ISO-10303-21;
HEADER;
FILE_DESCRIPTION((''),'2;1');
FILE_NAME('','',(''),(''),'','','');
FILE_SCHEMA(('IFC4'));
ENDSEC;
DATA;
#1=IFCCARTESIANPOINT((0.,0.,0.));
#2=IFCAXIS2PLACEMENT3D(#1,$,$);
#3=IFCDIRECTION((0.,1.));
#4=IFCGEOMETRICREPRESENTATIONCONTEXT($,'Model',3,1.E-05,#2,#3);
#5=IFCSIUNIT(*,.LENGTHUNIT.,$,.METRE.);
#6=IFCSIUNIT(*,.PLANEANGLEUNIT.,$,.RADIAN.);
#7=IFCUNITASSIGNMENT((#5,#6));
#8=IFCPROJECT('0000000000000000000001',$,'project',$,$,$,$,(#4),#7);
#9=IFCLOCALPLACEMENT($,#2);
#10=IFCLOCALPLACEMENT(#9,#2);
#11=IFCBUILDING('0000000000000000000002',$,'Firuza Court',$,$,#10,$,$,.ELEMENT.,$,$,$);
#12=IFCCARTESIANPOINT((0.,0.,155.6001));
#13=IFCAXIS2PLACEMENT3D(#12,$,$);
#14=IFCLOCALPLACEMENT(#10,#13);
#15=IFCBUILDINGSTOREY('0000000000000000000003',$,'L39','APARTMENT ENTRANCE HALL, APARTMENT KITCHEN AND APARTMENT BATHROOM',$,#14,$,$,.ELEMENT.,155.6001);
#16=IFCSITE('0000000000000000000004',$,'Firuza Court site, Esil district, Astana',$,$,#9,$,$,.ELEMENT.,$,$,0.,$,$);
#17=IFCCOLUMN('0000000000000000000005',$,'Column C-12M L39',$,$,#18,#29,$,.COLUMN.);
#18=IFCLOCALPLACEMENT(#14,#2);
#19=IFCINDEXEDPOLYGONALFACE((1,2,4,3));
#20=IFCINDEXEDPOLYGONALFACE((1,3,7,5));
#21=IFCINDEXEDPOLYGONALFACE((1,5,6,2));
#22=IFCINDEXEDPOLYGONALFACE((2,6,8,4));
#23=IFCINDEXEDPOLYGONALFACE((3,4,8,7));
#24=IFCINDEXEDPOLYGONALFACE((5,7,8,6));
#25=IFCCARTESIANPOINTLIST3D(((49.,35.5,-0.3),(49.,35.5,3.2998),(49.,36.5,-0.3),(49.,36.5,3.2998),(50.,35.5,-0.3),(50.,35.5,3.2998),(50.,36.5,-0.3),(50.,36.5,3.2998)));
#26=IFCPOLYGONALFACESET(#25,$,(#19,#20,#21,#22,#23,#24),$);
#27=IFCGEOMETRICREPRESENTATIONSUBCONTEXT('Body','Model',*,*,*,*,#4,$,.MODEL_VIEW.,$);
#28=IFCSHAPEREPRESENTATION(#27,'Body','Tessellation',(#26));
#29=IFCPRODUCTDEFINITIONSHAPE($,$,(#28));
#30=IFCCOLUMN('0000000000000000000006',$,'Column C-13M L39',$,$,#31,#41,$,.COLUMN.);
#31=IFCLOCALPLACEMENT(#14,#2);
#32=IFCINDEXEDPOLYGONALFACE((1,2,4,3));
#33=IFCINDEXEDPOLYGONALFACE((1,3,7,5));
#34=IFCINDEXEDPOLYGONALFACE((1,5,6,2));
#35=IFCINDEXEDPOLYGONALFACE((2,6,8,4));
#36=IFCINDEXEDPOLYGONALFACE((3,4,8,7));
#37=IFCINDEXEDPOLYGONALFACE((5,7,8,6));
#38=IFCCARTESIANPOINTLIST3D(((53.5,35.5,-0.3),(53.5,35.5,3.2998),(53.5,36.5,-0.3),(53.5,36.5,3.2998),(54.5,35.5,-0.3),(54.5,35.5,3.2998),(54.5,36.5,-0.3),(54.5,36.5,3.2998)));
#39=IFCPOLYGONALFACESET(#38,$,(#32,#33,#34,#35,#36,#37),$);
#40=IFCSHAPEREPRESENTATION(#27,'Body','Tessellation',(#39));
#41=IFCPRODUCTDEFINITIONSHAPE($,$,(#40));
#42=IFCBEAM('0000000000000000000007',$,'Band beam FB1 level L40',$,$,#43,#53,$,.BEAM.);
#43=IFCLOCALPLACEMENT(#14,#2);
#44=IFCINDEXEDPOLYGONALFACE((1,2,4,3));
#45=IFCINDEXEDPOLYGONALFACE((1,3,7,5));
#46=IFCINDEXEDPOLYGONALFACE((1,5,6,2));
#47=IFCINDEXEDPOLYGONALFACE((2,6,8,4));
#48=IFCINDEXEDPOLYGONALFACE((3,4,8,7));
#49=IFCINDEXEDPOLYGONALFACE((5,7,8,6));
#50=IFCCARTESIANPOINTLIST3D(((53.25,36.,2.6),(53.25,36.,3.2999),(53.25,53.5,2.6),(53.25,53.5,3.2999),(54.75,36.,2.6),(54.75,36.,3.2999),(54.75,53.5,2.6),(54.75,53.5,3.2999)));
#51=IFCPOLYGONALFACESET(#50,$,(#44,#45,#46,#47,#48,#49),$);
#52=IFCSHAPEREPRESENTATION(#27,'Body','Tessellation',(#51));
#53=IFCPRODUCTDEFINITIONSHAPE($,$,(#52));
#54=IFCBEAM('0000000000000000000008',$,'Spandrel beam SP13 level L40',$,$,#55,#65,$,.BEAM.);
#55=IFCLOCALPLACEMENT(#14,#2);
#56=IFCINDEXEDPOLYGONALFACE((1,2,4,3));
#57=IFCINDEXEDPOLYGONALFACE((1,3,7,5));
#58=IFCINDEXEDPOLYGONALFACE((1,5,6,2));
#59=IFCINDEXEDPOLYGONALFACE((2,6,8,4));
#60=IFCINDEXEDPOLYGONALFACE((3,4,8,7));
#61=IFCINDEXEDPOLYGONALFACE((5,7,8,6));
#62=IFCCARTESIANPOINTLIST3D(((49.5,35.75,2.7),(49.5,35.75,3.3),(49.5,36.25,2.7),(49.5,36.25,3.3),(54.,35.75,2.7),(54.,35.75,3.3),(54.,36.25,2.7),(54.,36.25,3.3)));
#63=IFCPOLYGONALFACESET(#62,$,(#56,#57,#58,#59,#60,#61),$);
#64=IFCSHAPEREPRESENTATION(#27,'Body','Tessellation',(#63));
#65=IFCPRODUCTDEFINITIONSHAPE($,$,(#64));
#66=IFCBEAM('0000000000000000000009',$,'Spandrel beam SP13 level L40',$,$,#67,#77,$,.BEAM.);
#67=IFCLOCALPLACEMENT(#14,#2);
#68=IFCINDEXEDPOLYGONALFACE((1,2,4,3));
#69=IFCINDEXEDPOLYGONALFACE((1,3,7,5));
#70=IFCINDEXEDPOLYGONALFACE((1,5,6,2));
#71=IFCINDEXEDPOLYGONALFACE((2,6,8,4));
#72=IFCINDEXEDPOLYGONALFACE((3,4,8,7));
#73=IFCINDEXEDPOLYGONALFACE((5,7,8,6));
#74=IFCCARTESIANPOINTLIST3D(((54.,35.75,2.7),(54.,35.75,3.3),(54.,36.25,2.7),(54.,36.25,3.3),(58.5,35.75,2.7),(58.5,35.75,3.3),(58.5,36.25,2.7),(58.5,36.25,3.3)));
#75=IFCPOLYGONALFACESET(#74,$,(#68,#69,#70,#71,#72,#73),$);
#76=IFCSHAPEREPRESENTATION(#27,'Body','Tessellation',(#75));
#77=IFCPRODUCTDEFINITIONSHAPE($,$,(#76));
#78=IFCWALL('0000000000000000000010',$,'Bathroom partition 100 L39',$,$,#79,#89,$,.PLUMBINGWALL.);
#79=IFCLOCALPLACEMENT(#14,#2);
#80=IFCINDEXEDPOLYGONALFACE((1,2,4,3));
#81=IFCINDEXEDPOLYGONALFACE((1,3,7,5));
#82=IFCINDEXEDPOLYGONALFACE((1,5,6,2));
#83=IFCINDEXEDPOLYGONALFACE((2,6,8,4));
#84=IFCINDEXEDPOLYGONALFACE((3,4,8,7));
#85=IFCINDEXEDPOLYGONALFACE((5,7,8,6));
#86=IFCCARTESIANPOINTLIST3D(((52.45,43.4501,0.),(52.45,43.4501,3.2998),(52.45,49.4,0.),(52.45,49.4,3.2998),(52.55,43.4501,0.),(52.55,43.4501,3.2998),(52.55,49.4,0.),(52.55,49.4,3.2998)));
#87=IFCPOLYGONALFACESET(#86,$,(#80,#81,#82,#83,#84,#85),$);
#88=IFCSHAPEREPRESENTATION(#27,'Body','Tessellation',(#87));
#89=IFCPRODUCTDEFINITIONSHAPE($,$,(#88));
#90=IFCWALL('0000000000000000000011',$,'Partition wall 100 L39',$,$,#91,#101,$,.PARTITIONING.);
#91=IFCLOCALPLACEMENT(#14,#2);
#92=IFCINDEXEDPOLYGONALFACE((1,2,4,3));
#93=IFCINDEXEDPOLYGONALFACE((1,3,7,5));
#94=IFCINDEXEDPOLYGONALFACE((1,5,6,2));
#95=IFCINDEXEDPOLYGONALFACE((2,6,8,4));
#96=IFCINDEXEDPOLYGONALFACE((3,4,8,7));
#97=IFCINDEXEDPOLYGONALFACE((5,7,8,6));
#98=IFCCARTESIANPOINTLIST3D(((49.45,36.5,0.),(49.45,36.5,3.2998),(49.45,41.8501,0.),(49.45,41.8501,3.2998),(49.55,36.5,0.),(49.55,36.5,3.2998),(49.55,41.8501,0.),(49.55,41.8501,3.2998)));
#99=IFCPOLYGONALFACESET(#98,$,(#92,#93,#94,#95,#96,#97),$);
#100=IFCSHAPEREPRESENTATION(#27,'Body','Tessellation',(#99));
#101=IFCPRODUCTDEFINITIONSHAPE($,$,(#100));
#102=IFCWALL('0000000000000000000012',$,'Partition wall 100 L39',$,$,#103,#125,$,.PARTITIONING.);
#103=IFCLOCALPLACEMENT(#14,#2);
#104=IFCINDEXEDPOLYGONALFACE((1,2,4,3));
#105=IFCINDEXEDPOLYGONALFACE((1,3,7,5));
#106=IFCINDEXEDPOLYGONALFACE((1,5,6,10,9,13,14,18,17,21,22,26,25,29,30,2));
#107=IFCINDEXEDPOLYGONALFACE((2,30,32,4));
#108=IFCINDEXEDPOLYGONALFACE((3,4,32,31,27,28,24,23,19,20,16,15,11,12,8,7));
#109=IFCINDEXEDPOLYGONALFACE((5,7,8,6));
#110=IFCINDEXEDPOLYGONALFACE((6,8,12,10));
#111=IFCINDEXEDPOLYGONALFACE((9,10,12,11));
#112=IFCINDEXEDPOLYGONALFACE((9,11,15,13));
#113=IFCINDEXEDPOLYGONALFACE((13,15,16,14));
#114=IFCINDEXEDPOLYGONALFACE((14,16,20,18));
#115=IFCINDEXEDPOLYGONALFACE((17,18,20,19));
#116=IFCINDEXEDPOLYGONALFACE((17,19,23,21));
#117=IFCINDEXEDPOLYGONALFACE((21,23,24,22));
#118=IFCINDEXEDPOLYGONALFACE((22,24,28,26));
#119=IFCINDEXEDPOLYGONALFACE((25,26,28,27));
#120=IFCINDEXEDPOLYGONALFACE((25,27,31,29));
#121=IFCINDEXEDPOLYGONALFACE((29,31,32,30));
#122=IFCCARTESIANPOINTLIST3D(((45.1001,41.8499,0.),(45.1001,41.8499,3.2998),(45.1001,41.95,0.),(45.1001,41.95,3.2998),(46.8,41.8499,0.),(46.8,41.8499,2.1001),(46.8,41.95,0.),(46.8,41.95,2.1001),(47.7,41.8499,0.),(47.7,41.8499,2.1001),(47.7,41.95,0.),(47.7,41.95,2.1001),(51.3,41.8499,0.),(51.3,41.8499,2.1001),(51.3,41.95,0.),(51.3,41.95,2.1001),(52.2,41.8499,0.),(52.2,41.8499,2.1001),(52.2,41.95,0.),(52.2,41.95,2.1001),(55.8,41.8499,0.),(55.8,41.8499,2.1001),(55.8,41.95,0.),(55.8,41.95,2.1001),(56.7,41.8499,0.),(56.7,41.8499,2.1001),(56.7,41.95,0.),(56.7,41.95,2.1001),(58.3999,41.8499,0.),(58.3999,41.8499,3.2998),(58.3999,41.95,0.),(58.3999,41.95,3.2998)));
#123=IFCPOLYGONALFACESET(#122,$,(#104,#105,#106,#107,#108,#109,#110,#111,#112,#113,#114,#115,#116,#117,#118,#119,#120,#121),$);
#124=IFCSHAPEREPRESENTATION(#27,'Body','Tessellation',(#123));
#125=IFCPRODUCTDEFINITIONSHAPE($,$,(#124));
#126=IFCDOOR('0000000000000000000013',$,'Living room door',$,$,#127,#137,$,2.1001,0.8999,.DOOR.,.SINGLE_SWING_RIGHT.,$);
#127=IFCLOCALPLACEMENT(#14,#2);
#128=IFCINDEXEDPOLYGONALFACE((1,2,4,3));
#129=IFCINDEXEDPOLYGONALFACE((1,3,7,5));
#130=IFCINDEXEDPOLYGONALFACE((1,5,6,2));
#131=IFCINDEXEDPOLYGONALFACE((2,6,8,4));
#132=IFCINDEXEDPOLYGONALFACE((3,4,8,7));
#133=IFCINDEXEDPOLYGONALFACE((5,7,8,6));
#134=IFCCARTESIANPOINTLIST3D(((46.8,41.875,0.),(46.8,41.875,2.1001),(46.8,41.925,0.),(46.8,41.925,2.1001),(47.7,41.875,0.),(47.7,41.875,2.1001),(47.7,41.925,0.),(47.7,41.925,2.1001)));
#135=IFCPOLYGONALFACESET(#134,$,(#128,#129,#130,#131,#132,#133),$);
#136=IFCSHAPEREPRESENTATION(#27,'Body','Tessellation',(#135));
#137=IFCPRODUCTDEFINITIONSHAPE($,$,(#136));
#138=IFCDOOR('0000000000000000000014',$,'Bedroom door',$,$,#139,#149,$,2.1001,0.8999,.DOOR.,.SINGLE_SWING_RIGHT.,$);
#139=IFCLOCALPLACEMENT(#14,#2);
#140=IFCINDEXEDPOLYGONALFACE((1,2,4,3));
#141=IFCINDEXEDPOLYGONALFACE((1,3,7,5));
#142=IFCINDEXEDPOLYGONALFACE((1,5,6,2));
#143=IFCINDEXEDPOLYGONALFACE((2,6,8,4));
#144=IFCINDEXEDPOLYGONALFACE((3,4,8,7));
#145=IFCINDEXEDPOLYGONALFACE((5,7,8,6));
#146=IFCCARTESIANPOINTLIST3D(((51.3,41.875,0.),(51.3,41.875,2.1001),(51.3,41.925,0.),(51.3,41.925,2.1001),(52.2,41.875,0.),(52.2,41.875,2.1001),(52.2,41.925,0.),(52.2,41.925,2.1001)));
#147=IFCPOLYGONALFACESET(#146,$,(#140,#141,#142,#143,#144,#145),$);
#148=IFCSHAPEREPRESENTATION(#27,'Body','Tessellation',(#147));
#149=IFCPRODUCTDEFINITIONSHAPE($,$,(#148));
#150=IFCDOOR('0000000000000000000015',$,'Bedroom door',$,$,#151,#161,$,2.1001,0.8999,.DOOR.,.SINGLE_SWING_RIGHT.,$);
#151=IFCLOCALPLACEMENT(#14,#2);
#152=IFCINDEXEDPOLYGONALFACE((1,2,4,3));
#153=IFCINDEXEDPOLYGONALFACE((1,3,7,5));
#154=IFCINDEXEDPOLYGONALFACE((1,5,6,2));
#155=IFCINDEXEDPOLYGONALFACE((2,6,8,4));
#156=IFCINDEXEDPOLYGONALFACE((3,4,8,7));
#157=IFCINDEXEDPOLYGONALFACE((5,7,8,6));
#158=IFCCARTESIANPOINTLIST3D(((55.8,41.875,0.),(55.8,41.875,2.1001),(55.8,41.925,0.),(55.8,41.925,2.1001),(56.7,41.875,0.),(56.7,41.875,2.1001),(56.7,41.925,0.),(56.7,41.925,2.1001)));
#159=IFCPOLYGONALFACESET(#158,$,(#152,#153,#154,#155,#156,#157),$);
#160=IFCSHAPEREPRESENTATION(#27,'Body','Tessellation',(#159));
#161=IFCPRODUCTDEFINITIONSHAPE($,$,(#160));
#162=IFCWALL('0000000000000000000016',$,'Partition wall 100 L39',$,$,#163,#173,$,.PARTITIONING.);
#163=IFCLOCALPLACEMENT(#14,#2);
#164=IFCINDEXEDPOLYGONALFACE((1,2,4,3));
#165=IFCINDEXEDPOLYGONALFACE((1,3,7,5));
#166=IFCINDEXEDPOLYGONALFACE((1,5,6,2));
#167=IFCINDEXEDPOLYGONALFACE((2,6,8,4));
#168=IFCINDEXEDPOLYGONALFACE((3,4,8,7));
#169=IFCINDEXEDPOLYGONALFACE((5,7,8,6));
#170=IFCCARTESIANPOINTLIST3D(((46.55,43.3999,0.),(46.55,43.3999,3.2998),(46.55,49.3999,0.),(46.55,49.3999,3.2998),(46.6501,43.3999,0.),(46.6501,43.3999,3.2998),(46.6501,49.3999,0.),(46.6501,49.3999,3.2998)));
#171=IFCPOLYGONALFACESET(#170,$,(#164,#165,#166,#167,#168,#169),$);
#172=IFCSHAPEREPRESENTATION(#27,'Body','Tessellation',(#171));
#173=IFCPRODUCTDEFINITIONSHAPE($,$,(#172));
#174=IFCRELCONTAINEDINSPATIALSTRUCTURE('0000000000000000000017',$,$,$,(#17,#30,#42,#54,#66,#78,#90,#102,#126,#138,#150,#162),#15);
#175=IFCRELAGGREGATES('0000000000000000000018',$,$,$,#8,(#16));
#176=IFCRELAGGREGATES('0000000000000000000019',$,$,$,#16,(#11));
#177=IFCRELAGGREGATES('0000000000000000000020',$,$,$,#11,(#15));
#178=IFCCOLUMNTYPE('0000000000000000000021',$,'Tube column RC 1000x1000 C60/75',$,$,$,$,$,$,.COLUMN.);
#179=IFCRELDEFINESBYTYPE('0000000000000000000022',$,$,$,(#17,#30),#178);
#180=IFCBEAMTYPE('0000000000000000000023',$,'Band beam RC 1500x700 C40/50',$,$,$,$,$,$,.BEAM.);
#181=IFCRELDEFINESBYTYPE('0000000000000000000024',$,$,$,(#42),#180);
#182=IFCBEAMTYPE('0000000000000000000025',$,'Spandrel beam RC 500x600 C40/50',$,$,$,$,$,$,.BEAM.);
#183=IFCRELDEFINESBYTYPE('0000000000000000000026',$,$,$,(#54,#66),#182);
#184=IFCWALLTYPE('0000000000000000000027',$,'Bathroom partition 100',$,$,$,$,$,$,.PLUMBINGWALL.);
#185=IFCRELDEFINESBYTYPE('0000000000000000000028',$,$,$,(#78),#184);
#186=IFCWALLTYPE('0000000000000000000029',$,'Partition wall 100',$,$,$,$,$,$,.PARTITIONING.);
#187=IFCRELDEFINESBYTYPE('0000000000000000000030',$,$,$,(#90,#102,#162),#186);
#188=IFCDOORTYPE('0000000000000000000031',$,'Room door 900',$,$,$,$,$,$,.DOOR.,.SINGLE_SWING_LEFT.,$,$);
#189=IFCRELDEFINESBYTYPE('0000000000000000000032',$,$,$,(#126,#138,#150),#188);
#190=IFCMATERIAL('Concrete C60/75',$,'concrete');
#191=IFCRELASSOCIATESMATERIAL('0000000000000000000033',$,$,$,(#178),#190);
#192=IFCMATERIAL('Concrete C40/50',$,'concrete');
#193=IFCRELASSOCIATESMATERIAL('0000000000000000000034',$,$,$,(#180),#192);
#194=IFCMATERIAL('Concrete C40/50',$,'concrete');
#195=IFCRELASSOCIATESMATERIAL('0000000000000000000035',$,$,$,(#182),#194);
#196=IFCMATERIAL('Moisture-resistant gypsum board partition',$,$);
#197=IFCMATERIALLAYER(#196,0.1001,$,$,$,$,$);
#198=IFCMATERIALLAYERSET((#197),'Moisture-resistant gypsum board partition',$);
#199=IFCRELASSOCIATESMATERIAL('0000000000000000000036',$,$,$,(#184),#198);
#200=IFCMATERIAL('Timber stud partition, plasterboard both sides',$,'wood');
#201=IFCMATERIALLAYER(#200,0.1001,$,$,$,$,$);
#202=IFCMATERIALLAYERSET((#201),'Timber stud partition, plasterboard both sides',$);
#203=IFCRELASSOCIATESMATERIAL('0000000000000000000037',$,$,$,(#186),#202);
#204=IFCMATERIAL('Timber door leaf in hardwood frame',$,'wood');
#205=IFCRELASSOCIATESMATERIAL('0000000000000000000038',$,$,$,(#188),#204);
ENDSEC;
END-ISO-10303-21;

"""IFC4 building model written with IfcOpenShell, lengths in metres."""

from ifc_helpers import new_model, si_unit, direction, frame, frame_2d, origin, origin_2d, place, context, subcontext, project, spatial, rectangle, extrude, material, layer, layer_set, material_profile, profile_set, type_object, element, fill, save


model = new_model("IFC4")

# Units and contexts
model_context = context("Model", 3, precision=1e-05, world=origin(), true_north=direction((0.0, 1.0)))
body_context = subcontext(model_context, "Body", "Model", "MODEL_VIEW")
ifc_project = project(units=[si_unit("LENGTHUNIT", "METRE"), si_unit("PLANEANGLEUNIT", "RADIAN")], contexts=[model_context])

# Site, building, storey
site_placement = place(None, origin())
site = spatial("IfcSite", under=ifc_project, at=site_placement, Name="Firuza Court site, Esil district, Astana", CompositionType="ELEMENT", RefElevation=0.0)
building_placement = place(site_placement, origin())
building = spatial("IfcBuilding", under=site, at=building_placement, Name="Firuza Court", CompositionType="ELEMENT")
storey_placement = place(building_placement, frame((0.0, 0.0, 155.6001)))
storey = spatial("IfcBuildingStorey", under=building, at=storey_placement, Name="L39", Description="APARTMENT ENTRANCE HALL, APARTMENT KITCHEN AND APARTMENT BATHROOM", CompositionType="ELEMENT", Elevation=155.6001)

# Columns
ifc_material_1 = material(Name="Concrete C60/75", Category="concrete")
ifc_material_profile_1 = material_profile(ifc_material_1, rectangle(XDim=1.0, YDim=1.0, at=origin_2d()), Name="RC 1000x1000")
ifc_profile_set_1 = profile_set([ifc_material_profile_1], Name="Concrete C60/75")
column_type = type_object("IfcColumnType", Name="Tube column RC 1000x1000 C60/75", PredefinedType="COLUMN", material=ifc_profile_set_1)
for number, where, z_axis, x_axis, name in (
    (1, (49.5, 36.0, -0.3), (0.0, 0.0, 1.0), (1.0, 0.0, 0.0), "Column C-12M L39"),
    (2, (54.0, 36.0, -0.3), (0.0, 0.0, 1.0), (1.0, 0.0, 0.0), "Column C-13M L39"),
):
    element("IfcColumn", number, at=place(storey_placement, frame(where, z_axis=z_axis, x_axis=x_axis)), inside=storey, type_object=column_type, Name=name, PredefinedType="COLUMN", context=body_context, shape_type="SweptSolid", body=[
        extrude(rectangle(XDim=1.0, YDim=1.0, at=origin_2d()), origin(), (0.0, 0.0, 1.0), 3.5999),
    ])

# Beams
ifc_material_2 = material(Name="Concrete C40/50", Category="concrete")
ifc_material_profile_2 = material_profile(ifc_material_2, rectangle(XDim=1.5, YDim=0.7, at=origin_2d()), Name="RC 1500x700")
ifc_profile_set_2 = profile_set([ifc_material_profile_2], Name="Concrete C40/50")
beam_type_1 = type_object("IfcBeamType", Name="Band beam RC 1500x700 C40/50", PredefinedType="BEAM", material=ifc_profile_set_2)
beam_placement = place(storey_placement, frame((54.0, 36.0, 2.95), z_axis=(0.0, 1.0, 0.0), x_axis=(-1.0, 0.0, 0.0)))
element("IfcBeam", 3, at=beam_placement, inside=storey, type_object=beam_type_1, Name="Band beam FB1 level L40", PredefinedType="BEAM", context=body_context, shape_type="SweptSolid", body=[
    extrude(rectangle(XDim=1.5, YDim=0.7, at=origin_2d()), origin(), (0.0, 0.0, 1.0), 17.5),
])
ifc_material_3 = material(Name="Concrete C40/50", Category="concrete")
ifc_material_profile_3 = material_profile(ifc_material_3, rectangle(XDim=0.5, YDim=0.6001, at=origin_2d()), Name="RC 500x600")
ifc_profile_set_3 = profile_set([ifc_material_profile_3], Name="Concrete C40/50")
beam_type_2 = type_object("IfcBeamType", Name="Spandrel beam RC 500x600 C40/50", PredefinedType="BEAM", material=ifc_profile_set_3)
for number, where, z_axis, x_axis, name in (
    (4, (49.5, 36.0, 3.0), (1.0, 0.0, 0.0), (0.0, 1.0, 0.0), "Spandrel beam SP13 level L40"),
    (5, (54.0, 36.0, 3.0), (1.0, 0.0, 0.0), (0.0, 1.0, 0.0), "Spandrel beam SP13 level L40"),
):
    element("IfcBeam", number, at=place(storey_placement, frame(where, z_axis=z_axis, x_axis=x_axis)), inside=storey, type_object=beam_type_2, Name=name, PredefinedType="BEAM", context=body_context, shape_type="SweptSolid", body=[
        extrude(rectangle(XDim=0.5, YDim=0.6001, at=origin_2d()), origin(), (0.0, 0.0, 1.0), 4.5),
    ])

# Walls
ifc_material_4 = material(Name="Moisture-resistant gypsum board partition")
ifc_layer_1 = layer(ifc_material_4, 0.1001)
ifc_layer_set_1 = layer_set([ifc_layer_1], Name="Moisture-resistant gypsum board partition")
wall_type_1 = type_object("IfcWallType", Name="Bathroom partition 100", PredefinedType="PLUMBINGWALL", material=ifc_layer_set_1)
wall_1_placement = place(storey_placement, frame((52.5, 43.45, 0.0), z_axis=(0.0, 0.0, 1.0), x_axis=(0.0, 1.0, 0.0)))
element("IfcWall", 6, at=wall_1_placement, inside=storey, type_object=wall_type_1, Name="Bathroom partition 100 L39", PredefinedType="PLUMBINGWALL", context=body_context, shape_type="SweptSolid", body=[
    extrude(rectangle(XDim=5.95, YDim=0.1001, at=frame_2d((2.9751, 0.0))), origin(), (0.0, 0.0, 1.0), 3.2998),
])
ifc_material_5 = material(Name="Timber stud partition, plasterboard both sides", Category="wood")
ifc_layer_2 = layer(ifc_material_5, 0.1001)
ifc_layer_set_2 = layer_set([ifc_layer_2], Name="Timber stud partition, plasterboard both sides")
wall_type_2 = type_object("IfcWallType", Name="Partition wall 100", PredefinedType="PARTITIONING", material=ifc_layer_set_2)
wall_2_placement = place(storey_placement, frame((49.5, 36.5, 0.0), z_axis=(0.0, 0.0, 1.0), x_axis=(0.0, 1.0, 0.0)))
element("IfcWall", 7, at=wall_2_placement, inside=storey, type_object=wall_type_2, Name="Partition wall 100 L39", PredefinedType="PARTITIONING", context=body_context, shape_type="SweptSolid", body=[
    extrude(rectangle(XDim=5.3501, YDim=0.1001, at=frame_2d((2.675, 0.0))), origin(), (0.0, 0.0, 1.0), 3.2998),
])

# Wall, openings, doors
wall_3_placement = place(storey_placement, frame((45.1001, 41.8999, 0.0), z_axis=(0.0, 0.0, 1.0), x_axis=(1.0, 0.0, 0.0)))
wall_3 = element("IfcWall", 8, at=wall_3_placement, inside=storey, type_object=wall_type_2, Name="Partition wall 100 L39", PredefinedType="PARTITIONING", context=body_context, shape_type="SweptSolid", body=[
    extrude(rectangle(XDim=13.2998, YDim=0.1001, at=frame_2d((6.6499, 0.0))), origin(), (0.0, 0.0, 1.0), 3.2998),
])
opening_1_placement = place(wall_3_placement, frame((1.7, 0.0, 0.0)))
opening_1 = element("IfcOpeningElement", 9, at=opening_1_placement, cuts=wall_3, PredefinedType="OPENING", context=body_context, shape_type="SweptSolid", body=[
    extrude(rectangle(XDim=0.8999, YDim=2.1001, at=frame_2d((0.45, 1.05))), frame((0.0, 0.062, 0.0), z_axis=(0.0, -1.0, 0.0), x_axis=(1.0, 0.0, 0.0)), (0.0, 0.0, 1.0), 0.124),
])
opening_2_placement = place(wall_3_placement, frame((6.2, 0.0, 0.0)))
opening_2 = element("IfcOpeningElement", 10, at=opening_2_placement, cuts=wall_3, PredefinedType="OPENING", context=body_context, shape_type="SweptSolid", body=[
    extrude(rectangle(XDim=0.8999, YDim=2.1001, at=frame_2d((0.45, 1.05))), frame((0.0, 0.062, 0.0), z_axis=(0.0, -1.0, 0.0), x_axis=(1.0, 0.0, 0.0)), (0.0, 0.0, 1.0), 0.124),
])
opening_3_placement = place(wall_3_placement, frame((10.7, 0.0, 0.0)))
opening_3 = element("IfcOpeningElement", 11, at=opening_3_placement, cuts=wall_3, PredefinedType="OPENING", context=body_context, shape_type="SweptSolid", body=[
    extrude(rectangle(XDim=0.8999, YDim=2.1001, at=frame_2d((0.45, 1.05))), frame((0.0, 0.062, 0.0), z_axis=(0.0, -1.0, 0.0), x_axis=(1.0, 0.0, 0.0)), (0.0, 0.0, 1.0), 0.124),
])
ifc_material_6 = material(Name="Timber door leaf in hardwood frame", Category="wood")
door_type_1 = type_object("IfcDoorType", Name="Room door 900", OperationType="SINGLE_SWING_LEFT", PredefinedType="DOOR", material=ifc_material_6)
door_1_placement = place(opening_1_placement, frame((0.8999, 0.0, 0.0), z_axis=(0.0, 0.0, 1.0), x_axis=(-1.0, 0.0, 0.0)))
door_1 = element("IfcDoor", 12, at=door_1_placement, inside=storey, type_object=door_type_1, Name="Living room door", OperationType="SINGLE_SWING_RIGHT", OverallHeight=2.1001, OverallWidth=0.8999, PredefinedType="DOOR", context=body_context, shape_type="SweptSolid", body=[
    extrude(rectangle(XDim=0.8999, YDim=2.1001, at=frame_2d((0.45, 1.05))), frame((0.0, 0.0249, 0.0), z_axis=(0.0, -1.0, 0.0), x_axis=(1.0, 0.0, 0.0)), (0.0, 0.0, 1.0), 0.05),
])
fill(opening_1, door_1)
door_2_placement = place(opening_2_placement, frame((0.8999, 0.0, 0.0), z_axis=(0.0, 0.0, 1.0), x_axis=(-1.0, 0.0, 0.0)))
door_2 = element("IfcDoor", 13, at=door_2_placement, inside=storey, type_object=door_type_1, Name="Bedroom door", OperationType="SINGLE_SWING_RIGHT", OverallHeight=2.1001, OverallWidth=0.8999, PredefinedType="DOOR", context=body_context, shape_type="SweptSolid", body=[
    extrude(rectangle(XDim=0.8999, YDim=2.1001, at=frame_2d((0.45, 1.05))), frame((0.0, 0.0249, 0.0), z_axis=(0.0, -1.0, 0.0), x_axis=(1.0, 0.0, 0.0)), (0.0, 0.0, 1.0), 0.05),
])
fill(opening_2, door_2)
door_3_placement = place(opening_3_placement, frame((0.8999, 0.0, 0.0), z_axis=(0.0, 0.0, 1.0), x_axis=(-1.0, 0.0, 0.0)))
door_3 = element("IfcDoor", 14, at=door_3_placement, inside=storey, type_object=door_type_1, Name="Bedroom door", OperationType="SINGLE_SWING_RIGHT", OverallHeight=2.1001, OverallWidth=0.8999, PredefinedType="DOOR", context=body_context, shape_type="SweptSolid", body=[
    extrude(rectangle(XDim=0.8999, YDim=2.1001, at=frame_2d((0.45, 1.05))), frame((0.0, 0.0249, 0.0), z_axis=(0.0, -1.0, 0.0), x_axis=(1.0, 0.0, 0.0)), (0.0, 0.0, 1.0), 0.05),
])
fill(opening_3, door_3)

# Wall
wall_4_placement = place(storey_placement, frame((46.6001, 43.3999, 0.0), z_axis=(0.0, 0.0, 1.0), x_axis=(0.0, 1.0, 0.0)))
element("IfcWall", 15, at=wall_4_placement, inside=storey, type_object=wall_type_2, Name="Partition wall 100 L39", PredefinedType="PARTITIONING", context=body_context, shape_type="SweptSolid", body=[
    extrude(rectangle(XDim=6.0, YDim=0.1001, at=frame_2d((3.0, 0.0))), origin(), (0.0, 0.0, 1.0), 3.2998),
])

save(model, "model.ifc")
